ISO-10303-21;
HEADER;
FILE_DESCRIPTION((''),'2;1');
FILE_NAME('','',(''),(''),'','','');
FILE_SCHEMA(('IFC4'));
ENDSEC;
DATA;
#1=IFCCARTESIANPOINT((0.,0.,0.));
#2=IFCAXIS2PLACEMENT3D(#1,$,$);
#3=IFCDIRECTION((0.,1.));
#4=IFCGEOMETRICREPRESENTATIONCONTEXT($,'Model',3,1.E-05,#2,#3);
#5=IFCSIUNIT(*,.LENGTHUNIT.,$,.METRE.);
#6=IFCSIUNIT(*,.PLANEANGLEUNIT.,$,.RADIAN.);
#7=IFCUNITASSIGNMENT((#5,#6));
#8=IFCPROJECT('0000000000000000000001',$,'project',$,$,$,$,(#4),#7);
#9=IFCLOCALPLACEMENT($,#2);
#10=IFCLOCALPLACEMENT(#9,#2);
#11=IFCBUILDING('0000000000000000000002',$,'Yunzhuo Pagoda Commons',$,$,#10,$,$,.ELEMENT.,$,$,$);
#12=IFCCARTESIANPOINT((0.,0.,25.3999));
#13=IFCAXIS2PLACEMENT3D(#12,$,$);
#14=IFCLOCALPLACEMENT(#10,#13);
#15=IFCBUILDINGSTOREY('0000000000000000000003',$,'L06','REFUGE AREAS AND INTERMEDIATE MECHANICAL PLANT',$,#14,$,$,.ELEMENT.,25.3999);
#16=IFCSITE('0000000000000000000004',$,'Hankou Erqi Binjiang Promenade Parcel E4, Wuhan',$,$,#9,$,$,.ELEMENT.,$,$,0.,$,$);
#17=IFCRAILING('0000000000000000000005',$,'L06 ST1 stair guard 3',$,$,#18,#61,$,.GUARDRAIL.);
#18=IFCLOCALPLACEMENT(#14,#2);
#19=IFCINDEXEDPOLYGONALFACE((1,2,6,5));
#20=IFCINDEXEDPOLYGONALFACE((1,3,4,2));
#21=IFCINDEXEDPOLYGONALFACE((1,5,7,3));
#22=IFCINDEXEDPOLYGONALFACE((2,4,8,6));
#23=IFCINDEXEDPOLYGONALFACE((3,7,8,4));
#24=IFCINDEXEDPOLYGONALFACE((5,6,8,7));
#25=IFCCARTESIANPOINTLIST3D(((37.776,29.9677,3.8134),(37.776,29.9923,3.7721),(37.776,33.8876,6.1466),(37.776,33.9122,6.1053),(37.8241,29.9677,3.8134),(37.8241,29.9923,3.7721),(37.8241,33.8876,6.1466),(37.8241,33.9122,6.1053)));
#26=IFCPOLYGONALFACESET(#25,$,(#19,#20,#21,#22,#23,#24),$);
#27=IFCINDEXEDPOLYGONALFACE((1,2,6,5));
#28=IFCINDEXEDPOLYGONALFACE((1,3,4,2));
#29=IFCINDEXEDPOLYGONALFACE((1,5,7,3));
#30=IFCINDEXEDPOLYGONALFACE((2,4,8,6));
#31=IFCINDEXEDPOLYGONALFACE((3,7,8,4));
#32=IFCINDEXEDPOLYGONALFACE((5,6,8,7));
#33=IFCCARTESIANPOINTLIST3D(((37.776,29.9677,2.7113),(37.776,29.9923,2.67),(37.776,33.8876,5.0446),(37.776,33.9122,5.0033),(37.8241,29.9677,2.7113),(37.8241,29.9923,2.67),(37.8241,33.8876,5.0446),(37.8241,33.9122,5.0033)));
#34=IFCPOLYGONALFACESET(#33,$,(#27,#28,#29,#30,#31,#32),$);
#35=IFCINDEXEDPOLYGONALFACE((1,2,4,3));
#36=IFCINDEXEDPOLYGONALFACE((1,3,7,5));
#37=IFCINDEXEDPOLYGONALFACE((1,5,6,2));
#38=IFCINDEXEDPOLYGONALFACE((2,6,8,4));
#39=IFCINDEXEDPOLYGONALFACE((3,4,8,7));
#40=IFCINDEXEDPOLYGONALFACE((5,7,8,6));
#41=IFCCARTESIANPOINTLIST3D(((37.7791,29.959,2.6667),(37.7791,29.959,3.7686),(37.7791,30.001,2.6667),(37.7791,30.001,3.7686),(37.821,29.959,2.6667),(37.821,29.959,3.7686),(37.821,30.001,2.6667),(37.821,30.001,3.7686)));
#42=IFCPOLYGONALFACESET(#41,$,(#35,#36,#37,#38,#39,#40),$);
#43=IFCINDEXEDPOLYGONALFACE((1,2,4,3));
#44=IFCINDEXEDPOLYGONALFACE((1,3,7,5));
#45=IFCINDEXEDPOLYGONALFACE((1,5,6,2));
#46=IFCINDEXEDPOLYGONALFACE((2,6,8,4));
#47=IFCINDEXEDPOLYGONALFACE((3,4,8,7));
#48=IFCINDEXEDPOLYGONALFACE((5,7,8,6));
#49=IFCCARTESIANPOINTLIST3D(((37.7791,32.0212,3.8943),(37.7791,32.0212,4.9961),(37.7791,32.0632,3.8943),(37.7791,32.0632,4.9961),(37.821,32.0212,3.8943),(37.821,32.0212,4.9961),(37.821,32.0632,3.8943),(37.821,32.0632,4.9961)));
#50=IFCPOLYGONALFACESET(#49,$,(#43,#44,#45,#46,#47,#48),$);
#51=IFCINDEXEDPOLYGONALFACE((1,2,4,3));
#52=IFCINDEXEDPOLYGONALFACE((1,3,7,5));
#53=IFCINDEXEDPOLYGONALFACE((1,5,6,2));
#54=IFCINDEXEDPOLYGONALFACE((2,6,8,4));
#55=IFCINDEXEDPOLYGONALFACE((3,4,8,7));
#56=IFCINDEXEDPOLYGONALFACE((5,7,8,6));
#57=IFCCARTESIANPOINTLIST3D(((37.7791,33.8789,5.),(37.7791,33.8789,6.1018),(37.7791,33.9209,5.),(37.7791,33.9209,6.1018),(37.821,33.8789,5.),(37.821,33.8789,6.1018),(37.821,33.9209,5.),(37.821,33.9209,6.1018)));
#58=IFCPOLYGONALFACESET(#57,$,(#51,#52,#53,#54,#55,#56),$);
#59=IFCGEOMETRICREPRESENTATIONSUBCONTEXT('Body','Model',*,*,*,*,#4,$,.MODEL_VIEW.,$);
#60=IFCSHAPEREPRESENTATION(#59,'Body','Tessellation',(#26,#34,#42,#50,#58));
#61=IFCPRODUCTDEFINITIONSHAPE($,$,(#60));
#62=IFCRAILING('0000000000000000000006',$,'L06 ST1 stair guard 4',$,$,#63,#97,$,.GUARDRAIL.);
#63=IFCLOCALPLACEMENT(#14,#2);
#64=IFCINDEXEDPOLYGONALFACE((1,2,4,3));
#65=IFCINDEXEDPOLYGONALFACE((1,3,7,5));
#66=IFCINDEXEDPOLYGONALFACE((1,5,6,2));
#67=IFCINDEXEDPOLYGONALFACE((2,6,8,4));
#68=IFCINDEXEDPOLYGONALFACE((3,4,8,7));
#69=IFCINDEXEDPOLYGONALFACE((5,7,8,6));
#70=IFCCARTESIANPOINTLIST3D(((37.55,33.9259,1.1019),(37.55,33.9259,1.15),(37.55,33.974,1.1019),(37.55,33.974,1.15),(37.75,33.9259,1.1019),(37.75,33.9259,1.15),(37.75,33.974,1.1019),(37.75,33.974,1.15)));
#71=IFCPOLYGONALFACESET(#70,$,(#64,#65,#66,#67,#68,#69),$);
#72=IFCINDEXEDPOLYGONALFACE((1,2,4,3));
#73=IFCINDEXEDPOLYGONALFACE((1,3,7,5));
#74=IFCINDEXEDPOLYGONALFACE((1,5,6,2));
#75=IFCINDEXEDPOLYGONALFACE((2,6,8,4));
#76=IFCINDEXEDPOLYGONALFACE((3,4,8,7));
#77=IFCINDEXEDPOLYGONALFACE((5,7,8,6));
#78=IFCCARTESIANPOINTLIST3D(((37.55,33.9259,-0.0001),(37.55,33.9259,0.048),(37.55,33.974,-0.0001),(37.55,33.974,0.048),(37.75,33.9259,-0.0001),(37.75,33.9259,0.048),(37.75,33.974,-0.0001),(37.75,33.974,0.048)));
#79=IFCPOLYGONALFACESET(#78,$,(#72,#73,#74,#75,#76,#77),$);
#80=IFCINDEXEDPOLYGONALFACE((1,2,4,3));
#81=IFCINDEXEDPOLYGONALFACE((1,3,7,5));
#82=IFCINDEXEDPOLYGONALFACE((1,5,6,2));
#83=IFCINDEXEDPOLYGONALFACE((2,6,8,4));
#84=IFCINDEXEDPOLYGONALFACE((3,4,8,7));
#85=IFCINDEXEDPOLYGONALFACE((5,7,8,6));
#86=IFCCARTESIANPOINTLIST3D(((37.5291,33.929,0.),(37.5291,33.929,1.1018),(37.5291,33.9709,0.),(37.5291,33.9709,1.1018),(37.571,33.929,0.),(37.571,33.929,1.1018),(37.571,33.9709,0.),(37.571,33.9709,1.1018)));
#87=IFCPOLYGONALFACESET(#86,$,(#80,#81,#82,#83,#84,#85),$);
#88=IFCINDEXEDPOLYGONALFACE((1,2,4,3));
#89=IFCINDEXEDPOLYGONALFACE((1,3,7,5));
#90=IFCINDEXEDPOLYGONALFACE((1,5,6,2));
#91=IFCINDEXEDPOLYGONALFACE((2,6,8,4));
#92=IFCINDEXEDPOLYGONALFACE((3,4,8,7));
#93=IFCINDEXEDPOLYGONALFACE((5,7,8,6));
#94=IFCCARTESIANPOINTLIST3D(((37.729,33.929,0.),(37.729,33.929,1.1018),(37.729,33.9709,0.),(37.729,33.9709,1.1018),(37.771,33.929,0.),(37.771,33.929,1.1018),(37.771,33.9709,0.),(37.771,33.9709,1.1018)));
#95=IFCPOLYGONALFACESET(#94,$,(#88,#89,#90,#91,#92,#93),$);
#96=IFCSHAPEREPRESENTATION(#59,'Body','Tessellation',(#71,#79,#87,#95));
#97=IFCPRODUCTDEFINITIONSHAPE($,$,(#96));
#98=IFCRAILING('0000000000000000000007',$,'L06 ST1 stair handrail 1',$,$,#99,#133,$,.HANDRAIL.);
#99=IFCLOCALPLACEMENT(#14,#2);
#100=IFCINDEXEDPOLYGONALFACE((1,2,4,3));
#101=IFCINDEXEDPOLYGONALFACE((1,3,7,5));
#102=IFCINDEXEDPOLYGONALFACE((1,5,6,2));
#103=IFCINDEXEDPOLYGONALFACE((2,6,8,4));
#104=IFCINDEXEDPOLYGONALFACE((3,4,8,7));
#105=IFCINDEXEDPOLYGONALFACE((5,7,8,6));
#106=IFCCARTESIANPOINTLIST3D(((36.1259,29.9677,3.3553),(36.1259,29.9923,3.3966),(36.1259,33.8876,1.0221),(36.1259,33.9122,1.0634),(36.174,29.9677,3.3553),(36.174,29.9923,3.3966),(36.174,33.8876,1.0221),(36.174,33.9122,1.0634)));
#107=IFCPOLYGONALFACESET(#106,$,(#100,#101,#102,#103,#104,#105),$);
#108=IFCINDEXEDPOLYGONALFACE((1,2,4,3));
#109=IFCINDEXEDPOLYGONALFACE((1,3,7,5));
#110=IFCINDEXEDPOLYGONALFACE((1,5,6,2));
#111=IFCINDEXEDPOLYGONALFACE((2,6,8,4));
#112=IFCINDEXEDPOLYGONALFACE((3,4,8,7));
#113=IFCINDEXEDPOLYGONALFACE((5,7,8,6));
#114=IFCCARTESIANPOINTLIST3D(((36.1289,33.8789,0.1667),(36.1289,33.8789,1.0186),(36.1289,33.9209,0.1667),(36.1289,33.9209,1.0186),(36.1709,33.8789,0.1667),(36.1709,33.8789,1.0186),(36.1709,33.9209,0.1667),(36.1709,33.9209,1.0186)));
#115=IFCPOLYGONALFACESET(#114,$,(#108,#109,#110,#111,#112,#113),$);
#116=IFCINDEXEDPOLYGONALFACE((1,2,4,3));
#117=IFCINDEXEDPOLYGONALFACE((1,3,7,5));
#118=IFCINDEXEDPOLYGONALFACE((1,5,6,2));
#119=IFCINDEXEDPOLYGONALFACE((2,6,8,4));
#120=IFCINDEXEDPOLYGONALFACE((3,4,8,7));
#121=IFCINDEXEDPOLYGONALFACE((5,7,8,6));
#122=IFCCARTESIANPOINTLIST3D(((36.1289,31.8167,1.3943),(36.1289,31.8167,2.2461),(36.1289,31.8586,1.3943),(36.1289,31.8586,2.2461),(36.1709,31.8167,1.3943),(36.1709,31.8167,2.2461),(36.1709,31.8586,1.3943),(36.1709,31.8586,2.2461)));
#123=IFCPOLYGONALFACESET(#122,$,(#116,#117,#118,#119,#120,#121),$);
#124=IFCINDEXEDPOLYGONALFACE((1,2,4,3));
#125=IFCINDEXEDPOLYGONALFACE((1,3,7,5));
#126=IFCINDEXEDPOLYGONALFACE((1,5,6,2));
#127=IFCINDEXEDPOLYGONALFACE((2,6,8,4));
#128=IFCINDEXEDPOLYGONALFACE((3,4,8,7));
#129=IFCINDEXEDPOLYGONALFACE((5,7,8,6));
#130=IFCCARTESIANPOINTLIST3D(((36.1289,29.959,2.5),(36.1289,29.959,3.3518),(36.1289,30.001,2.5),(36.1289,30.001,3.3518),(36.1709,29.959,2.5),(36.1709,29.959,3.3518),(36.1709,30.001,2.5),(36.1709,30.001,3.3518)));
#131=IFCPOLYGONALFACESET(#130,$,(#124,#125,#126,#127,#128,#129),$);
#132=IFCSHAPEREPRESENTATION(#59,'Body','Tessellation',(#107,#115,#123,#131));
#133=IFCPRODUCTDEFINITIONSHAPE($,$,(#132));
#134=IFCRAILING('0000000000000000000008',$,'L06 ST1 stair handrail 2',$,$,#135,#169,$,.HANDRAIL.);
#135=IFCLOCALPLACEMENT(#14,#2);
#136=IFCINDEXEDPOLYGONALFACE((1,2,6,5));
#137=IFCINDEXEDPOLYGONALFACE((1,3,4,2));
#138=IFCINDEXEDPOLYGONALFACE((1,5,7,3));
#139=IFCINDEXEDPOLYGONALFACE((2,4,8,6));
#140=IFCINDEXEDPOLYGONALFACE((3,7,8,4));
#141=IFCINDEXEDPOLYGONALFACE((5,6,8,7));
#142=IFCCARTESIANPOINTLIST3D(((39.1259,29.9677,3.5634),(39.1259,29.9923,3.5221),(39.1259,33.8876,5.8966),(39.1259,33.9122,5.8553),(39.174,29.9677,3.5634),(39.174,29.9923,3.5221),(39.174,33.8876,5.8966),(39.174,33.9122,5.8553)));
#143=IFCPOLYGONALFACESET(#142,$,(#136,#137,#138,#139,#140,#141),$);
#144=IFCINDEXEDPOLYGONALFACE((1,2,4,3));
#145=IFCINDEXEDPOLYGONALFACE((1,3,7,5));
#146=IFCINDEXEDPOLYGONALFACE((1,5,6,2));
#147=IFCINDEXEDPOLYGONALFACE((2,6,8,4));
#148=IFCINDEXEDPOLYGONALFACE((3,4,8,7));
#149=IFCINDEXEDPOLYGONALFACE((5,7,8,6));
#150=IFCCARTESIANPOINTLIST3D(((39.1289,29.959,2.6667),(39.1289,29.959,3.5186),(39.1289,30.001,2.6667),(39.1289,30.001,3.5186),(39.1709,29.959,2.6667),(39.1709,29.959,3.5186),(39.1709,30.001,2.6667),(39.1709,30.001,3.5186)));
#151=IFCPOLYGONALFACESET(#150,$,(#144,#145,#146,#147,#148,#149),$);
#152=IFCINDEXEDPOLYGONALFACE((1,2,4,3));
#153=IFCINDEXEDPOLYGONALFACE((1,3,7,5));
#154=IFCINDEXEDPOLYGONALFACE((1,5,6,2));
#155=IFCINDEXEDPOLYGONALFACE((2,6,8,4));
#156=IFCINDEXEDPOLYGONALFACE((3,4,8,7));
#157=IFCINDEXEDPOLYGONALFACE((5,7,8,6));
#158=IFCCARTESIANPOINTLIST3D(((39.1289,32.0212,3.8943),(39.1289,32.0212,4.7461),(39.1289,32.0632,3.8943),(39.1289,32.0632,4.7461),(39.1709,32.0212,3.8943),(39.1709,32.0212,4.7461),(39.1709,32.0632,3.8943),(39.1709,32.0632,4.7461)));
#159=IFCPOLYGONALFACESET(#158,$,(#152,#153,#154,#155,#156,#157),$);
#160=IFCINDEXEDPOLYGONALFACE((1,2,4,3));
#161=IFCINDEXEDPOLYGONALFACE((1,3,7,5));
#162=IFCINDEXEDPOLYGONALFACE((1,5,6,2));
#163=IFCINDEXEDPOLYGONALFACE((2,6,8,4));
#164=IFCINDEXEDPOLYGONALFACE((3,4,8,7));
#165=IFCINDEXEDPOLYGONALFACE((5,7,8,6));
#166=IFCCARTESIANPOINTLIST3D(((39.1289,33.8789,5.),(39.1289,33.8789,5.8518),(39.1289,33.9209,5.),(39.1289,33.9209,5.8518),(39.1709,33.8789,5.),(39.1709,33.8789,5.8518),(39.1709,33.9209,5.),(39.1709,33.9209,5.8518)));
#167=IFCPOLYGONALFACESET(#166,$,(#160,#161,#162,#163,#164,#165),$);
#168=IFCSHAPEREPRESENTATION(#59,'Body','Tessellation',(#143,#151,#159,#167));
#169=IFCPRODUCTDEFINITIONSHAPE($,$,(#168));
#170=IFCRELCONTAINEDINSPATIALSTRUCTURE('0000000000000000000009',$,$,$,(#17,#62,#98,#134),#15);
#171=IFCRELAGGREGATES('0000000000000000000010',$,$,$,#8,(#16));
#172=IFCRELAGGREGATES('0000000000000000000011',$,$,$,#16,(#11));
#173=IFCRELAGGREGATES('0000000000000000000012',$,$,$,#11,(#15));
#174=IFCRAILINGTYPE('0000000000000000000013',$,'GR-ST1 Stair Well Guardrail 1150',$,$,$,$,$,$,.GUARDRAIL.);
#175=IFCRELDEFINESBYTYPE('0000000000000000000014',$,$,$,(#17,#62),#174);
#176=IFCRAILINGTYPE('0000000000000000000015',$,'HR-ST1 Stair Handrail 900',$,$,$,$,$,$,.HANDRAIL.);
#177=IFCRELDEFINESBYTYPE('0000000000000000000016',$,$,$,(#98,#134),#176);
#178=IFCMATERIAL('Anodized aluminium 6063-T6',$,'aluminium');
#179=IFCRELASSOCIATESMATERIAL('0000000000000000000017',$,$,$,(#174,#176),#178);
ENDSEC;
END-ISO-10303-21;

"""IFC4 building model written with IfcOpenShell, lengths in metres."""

from ifc_helpers import new_model, si_unit, direction, frame, origin, origin_2d, place, context, subcontext, project, spatial, rectangle, extrude, material, type_object, element, save


model = new_model("IFC4")

# Units and contexts
model_context = context("Model", 3, precision=1e-05, world=origin(), true_north=direction((0.0, 1.0)))
body_context = subcontext(model_context, "Body", "Model", "MODEL_VIEW")
ifc_project = project(units=[si_unit("LENGTHUNIT", "METRE"), si_unit("PLANEANGLEUNIT", "RADIAN")], contexts=[model_context])

# Site, building, storey
site_placement = place(None, origin())
site = spatial("IfcSite", under=ifc_project, at=site_placement, Name="Hankou Erqi Binjiang Promenade Parcel E4, Wuhan", CompositionType="ELEMENT", RefElevation=0.0)
building_placement = place(site_placement, origin())
building = spatial("IfcBuilding", under=site, at=building_placement, Name="Yunzhuo Pagoda Commons", CompositionType="ELEMENT")
storey_placement = place(building_placement, frame((0.0, 0.0, 25.3999)))
storey = spatial("IfcBuildingStorey", under=building, at=storey_placement, Name="L06", Description="REFUGE AREAS AND INTERMEDIATE MECHANICAL PLANT", CompositionType="ELEMENT", Elevation=25.3999)

# Railings
ifc_material_1 = material(Name="Anodized aluminium 6063-T6", Category="aluminium")
railing_type_1 = type_object("IfcRailingType", Name="GR-ST1 Stair Well Guardrail 1150", PredefinedType="GUARDRAIL", material=ifc_material_1)
railing_1_placement = place(storey_placement, frame((37.8, 29.98, 2.6667)))
element("IfcRailing", 1, at=railing_1_placement, inside=storey, type_object=railing_type_1, Name="L06 ST1 stair guard 3", PredefinedType="GUARDRAIL", context=body_context, shape_type="SweptSolid", body=[
    extrude(rectangle(XDim=0.0481, YDim=0.0481, at=origin_2d()), frame((0.0, 0.0, 1.126), z_axis=(0.0, 0.859296, 0.511478), x_axis=(-1.0, 0.0, 0.0)), (0.0, 0.0, 1.0), 4.5618),
    extrude(rectangle(XDim=0.0481, YDim=0.0481, at=origin_2d()), frame((0.0, 0.0, 0.0239), z_axis=(0.0, 0.859296, 0.511478), x_axis=(-1.0, 0.0, 0.0)), (0.0, 0.0, 1.0), 4.5618),
    extrude(rectangle(XDim=0.042, YDim=0.042, at=origin_2d()), origin(), (0.0, 0.0, 1.0), 1.1018),
    extrude(rectangle(XDim=0.042, YDim=0.042, at=origin_2d()), frame((0.0, 2.0623, 1.2275)), (0.0, 0.0, 1.0), 1.1018),
    extrude(rectangle(XDim=0.042, YDim=0.042, at=origin_2d()), frame((0.0, 3.9199, 2.3333)), (0.0, 0.0, 1.0), 1.1018),
])
railing_2_placement = place(storey_placement, frame((37.55, 33.95, 0.0)))
element("IfcRailing", 2, at=railing_2_placement, inside=storey, type_object=railing_type_1, Name="L06 ST1 stair guard 4", PredefinedType="GUARDRAIL", context=body_context, shape_type="SweptSolid", body=[
    extrude(rectangle(XDim=0.0481, YDim=0.0481, at=origin_2d()), frame((0.0, 0.0, 1.126), z_axis=(1.0, 0.0, 0.0), x_axis=(0.0, 1.0, 0.0)), (0.0, 0.0, 1.0), 0.2),
    extrude(rectangle(XDim=0.0481, YDim=0.0481, at=origin_2d()), frame((0.0, 0.0, 0.0239), z_axis=(1.0, 0.0, 0.0), x_axis=(0.0, 1.0, 0.0)), (0.0, 0.0, 1.0), 0.2),
    extrude(rectangle(XDim=0.042, YDim=0.042, at=origin_2d()), origin(), (0.0, 0.0, 1.0), 1.1018),
    extrude(rectangle(XDim=0.042, YDim=0.042, at=origin_2d()), frame((0.2, 0.0, 0.0)), (0.0, 0.0, 1.0), 1.1018),
])
railing_type_2 = type_object("IfcRailingType", Name="HR-ST1 Stair Handrail 900", PredefinedType="HANDRAIL", material=ifc_material_1)
railing_3_placement = place(storey_placement, frame((36.1499, 33.8999, 0.1667)))
element("IfcRailing", 3, at=railing_3_placement, inside=storey, type_object=railing_type_2, Name="L06 ST1 stair handrail 1", PredefinedType="HANDRAIL", context=body_context, shape_type="SweptSolid", body=[
    extrude(rectangle(XDim=0.0481, YDim=0.0481, at=origin_2d()), frame((0.0, 0.0, 0.876), z_axis=(0.0, -0.859296, 0.511478), x_axis=(1.0, 0.0, 0.0)), (0.0, 0.0, 1.0), 4.5618),
    extrude(rectangle(XDim=0.042, YDim=0.042, at=origin_2d()), origin(), (0.0, 0.0, 1.0), 0.8518),
    extrude(rectangle(XDim=0.042, YDim=0.042, at=origin_2d()), frame((0.0, -2.0623, 1.2275)), (0.0, 0.0, 1.0), 0.8518),
    extrude(rectangle(XDim=0.042, YDim=0.042, at=origin_2d()), frame((0.0, -3.9199, 2.3333)), (0.0, 0.0, 1.0), 0.8518),
])
railing_4_placement = place(storey_placement, frame((39.1499, 29.98, 2.6667)))
element("IfcRailing", 4, at=railing_4_placement, inside=storey, type_object=railing_type_2, Name="L06 ST1 stair handrail 2", PredefinedType="HANDRAIL", context=body_context, shape_type="SweptSolid", body=[
    extrude(rectangle(XDim=0.0481, YDim=0.0481, at=origin_2d()), frame((0.0, 0.0, 0.876), z_axis=(0.0, 0.859296, 0.511478), x_axis=(-1.0, 0.0, 0.0)), (0.0, 0.0, 1.0), 4.5618),
    extrude(rectangle(XDim=0.042, YDim=0.042, at=origin_2d()), origin(), (0.0, 0.0, 1.0), 0.8518),
    extrude(rectangle(XDim=0.042, YDim=0.042, at=origin_2d()), frame((0.0, 2.0623, 1.2275)), (0.0, 0.0, 1.0), 0.8518),
    extrude(rectangle(XDim=0.042, YDim=0.042, at=origin_2d()), frame((0.0, 3.9199, 2.3333)), (0.0, 0.0, 1.0), 0.8518),
])

save(model, "model.ifc")
